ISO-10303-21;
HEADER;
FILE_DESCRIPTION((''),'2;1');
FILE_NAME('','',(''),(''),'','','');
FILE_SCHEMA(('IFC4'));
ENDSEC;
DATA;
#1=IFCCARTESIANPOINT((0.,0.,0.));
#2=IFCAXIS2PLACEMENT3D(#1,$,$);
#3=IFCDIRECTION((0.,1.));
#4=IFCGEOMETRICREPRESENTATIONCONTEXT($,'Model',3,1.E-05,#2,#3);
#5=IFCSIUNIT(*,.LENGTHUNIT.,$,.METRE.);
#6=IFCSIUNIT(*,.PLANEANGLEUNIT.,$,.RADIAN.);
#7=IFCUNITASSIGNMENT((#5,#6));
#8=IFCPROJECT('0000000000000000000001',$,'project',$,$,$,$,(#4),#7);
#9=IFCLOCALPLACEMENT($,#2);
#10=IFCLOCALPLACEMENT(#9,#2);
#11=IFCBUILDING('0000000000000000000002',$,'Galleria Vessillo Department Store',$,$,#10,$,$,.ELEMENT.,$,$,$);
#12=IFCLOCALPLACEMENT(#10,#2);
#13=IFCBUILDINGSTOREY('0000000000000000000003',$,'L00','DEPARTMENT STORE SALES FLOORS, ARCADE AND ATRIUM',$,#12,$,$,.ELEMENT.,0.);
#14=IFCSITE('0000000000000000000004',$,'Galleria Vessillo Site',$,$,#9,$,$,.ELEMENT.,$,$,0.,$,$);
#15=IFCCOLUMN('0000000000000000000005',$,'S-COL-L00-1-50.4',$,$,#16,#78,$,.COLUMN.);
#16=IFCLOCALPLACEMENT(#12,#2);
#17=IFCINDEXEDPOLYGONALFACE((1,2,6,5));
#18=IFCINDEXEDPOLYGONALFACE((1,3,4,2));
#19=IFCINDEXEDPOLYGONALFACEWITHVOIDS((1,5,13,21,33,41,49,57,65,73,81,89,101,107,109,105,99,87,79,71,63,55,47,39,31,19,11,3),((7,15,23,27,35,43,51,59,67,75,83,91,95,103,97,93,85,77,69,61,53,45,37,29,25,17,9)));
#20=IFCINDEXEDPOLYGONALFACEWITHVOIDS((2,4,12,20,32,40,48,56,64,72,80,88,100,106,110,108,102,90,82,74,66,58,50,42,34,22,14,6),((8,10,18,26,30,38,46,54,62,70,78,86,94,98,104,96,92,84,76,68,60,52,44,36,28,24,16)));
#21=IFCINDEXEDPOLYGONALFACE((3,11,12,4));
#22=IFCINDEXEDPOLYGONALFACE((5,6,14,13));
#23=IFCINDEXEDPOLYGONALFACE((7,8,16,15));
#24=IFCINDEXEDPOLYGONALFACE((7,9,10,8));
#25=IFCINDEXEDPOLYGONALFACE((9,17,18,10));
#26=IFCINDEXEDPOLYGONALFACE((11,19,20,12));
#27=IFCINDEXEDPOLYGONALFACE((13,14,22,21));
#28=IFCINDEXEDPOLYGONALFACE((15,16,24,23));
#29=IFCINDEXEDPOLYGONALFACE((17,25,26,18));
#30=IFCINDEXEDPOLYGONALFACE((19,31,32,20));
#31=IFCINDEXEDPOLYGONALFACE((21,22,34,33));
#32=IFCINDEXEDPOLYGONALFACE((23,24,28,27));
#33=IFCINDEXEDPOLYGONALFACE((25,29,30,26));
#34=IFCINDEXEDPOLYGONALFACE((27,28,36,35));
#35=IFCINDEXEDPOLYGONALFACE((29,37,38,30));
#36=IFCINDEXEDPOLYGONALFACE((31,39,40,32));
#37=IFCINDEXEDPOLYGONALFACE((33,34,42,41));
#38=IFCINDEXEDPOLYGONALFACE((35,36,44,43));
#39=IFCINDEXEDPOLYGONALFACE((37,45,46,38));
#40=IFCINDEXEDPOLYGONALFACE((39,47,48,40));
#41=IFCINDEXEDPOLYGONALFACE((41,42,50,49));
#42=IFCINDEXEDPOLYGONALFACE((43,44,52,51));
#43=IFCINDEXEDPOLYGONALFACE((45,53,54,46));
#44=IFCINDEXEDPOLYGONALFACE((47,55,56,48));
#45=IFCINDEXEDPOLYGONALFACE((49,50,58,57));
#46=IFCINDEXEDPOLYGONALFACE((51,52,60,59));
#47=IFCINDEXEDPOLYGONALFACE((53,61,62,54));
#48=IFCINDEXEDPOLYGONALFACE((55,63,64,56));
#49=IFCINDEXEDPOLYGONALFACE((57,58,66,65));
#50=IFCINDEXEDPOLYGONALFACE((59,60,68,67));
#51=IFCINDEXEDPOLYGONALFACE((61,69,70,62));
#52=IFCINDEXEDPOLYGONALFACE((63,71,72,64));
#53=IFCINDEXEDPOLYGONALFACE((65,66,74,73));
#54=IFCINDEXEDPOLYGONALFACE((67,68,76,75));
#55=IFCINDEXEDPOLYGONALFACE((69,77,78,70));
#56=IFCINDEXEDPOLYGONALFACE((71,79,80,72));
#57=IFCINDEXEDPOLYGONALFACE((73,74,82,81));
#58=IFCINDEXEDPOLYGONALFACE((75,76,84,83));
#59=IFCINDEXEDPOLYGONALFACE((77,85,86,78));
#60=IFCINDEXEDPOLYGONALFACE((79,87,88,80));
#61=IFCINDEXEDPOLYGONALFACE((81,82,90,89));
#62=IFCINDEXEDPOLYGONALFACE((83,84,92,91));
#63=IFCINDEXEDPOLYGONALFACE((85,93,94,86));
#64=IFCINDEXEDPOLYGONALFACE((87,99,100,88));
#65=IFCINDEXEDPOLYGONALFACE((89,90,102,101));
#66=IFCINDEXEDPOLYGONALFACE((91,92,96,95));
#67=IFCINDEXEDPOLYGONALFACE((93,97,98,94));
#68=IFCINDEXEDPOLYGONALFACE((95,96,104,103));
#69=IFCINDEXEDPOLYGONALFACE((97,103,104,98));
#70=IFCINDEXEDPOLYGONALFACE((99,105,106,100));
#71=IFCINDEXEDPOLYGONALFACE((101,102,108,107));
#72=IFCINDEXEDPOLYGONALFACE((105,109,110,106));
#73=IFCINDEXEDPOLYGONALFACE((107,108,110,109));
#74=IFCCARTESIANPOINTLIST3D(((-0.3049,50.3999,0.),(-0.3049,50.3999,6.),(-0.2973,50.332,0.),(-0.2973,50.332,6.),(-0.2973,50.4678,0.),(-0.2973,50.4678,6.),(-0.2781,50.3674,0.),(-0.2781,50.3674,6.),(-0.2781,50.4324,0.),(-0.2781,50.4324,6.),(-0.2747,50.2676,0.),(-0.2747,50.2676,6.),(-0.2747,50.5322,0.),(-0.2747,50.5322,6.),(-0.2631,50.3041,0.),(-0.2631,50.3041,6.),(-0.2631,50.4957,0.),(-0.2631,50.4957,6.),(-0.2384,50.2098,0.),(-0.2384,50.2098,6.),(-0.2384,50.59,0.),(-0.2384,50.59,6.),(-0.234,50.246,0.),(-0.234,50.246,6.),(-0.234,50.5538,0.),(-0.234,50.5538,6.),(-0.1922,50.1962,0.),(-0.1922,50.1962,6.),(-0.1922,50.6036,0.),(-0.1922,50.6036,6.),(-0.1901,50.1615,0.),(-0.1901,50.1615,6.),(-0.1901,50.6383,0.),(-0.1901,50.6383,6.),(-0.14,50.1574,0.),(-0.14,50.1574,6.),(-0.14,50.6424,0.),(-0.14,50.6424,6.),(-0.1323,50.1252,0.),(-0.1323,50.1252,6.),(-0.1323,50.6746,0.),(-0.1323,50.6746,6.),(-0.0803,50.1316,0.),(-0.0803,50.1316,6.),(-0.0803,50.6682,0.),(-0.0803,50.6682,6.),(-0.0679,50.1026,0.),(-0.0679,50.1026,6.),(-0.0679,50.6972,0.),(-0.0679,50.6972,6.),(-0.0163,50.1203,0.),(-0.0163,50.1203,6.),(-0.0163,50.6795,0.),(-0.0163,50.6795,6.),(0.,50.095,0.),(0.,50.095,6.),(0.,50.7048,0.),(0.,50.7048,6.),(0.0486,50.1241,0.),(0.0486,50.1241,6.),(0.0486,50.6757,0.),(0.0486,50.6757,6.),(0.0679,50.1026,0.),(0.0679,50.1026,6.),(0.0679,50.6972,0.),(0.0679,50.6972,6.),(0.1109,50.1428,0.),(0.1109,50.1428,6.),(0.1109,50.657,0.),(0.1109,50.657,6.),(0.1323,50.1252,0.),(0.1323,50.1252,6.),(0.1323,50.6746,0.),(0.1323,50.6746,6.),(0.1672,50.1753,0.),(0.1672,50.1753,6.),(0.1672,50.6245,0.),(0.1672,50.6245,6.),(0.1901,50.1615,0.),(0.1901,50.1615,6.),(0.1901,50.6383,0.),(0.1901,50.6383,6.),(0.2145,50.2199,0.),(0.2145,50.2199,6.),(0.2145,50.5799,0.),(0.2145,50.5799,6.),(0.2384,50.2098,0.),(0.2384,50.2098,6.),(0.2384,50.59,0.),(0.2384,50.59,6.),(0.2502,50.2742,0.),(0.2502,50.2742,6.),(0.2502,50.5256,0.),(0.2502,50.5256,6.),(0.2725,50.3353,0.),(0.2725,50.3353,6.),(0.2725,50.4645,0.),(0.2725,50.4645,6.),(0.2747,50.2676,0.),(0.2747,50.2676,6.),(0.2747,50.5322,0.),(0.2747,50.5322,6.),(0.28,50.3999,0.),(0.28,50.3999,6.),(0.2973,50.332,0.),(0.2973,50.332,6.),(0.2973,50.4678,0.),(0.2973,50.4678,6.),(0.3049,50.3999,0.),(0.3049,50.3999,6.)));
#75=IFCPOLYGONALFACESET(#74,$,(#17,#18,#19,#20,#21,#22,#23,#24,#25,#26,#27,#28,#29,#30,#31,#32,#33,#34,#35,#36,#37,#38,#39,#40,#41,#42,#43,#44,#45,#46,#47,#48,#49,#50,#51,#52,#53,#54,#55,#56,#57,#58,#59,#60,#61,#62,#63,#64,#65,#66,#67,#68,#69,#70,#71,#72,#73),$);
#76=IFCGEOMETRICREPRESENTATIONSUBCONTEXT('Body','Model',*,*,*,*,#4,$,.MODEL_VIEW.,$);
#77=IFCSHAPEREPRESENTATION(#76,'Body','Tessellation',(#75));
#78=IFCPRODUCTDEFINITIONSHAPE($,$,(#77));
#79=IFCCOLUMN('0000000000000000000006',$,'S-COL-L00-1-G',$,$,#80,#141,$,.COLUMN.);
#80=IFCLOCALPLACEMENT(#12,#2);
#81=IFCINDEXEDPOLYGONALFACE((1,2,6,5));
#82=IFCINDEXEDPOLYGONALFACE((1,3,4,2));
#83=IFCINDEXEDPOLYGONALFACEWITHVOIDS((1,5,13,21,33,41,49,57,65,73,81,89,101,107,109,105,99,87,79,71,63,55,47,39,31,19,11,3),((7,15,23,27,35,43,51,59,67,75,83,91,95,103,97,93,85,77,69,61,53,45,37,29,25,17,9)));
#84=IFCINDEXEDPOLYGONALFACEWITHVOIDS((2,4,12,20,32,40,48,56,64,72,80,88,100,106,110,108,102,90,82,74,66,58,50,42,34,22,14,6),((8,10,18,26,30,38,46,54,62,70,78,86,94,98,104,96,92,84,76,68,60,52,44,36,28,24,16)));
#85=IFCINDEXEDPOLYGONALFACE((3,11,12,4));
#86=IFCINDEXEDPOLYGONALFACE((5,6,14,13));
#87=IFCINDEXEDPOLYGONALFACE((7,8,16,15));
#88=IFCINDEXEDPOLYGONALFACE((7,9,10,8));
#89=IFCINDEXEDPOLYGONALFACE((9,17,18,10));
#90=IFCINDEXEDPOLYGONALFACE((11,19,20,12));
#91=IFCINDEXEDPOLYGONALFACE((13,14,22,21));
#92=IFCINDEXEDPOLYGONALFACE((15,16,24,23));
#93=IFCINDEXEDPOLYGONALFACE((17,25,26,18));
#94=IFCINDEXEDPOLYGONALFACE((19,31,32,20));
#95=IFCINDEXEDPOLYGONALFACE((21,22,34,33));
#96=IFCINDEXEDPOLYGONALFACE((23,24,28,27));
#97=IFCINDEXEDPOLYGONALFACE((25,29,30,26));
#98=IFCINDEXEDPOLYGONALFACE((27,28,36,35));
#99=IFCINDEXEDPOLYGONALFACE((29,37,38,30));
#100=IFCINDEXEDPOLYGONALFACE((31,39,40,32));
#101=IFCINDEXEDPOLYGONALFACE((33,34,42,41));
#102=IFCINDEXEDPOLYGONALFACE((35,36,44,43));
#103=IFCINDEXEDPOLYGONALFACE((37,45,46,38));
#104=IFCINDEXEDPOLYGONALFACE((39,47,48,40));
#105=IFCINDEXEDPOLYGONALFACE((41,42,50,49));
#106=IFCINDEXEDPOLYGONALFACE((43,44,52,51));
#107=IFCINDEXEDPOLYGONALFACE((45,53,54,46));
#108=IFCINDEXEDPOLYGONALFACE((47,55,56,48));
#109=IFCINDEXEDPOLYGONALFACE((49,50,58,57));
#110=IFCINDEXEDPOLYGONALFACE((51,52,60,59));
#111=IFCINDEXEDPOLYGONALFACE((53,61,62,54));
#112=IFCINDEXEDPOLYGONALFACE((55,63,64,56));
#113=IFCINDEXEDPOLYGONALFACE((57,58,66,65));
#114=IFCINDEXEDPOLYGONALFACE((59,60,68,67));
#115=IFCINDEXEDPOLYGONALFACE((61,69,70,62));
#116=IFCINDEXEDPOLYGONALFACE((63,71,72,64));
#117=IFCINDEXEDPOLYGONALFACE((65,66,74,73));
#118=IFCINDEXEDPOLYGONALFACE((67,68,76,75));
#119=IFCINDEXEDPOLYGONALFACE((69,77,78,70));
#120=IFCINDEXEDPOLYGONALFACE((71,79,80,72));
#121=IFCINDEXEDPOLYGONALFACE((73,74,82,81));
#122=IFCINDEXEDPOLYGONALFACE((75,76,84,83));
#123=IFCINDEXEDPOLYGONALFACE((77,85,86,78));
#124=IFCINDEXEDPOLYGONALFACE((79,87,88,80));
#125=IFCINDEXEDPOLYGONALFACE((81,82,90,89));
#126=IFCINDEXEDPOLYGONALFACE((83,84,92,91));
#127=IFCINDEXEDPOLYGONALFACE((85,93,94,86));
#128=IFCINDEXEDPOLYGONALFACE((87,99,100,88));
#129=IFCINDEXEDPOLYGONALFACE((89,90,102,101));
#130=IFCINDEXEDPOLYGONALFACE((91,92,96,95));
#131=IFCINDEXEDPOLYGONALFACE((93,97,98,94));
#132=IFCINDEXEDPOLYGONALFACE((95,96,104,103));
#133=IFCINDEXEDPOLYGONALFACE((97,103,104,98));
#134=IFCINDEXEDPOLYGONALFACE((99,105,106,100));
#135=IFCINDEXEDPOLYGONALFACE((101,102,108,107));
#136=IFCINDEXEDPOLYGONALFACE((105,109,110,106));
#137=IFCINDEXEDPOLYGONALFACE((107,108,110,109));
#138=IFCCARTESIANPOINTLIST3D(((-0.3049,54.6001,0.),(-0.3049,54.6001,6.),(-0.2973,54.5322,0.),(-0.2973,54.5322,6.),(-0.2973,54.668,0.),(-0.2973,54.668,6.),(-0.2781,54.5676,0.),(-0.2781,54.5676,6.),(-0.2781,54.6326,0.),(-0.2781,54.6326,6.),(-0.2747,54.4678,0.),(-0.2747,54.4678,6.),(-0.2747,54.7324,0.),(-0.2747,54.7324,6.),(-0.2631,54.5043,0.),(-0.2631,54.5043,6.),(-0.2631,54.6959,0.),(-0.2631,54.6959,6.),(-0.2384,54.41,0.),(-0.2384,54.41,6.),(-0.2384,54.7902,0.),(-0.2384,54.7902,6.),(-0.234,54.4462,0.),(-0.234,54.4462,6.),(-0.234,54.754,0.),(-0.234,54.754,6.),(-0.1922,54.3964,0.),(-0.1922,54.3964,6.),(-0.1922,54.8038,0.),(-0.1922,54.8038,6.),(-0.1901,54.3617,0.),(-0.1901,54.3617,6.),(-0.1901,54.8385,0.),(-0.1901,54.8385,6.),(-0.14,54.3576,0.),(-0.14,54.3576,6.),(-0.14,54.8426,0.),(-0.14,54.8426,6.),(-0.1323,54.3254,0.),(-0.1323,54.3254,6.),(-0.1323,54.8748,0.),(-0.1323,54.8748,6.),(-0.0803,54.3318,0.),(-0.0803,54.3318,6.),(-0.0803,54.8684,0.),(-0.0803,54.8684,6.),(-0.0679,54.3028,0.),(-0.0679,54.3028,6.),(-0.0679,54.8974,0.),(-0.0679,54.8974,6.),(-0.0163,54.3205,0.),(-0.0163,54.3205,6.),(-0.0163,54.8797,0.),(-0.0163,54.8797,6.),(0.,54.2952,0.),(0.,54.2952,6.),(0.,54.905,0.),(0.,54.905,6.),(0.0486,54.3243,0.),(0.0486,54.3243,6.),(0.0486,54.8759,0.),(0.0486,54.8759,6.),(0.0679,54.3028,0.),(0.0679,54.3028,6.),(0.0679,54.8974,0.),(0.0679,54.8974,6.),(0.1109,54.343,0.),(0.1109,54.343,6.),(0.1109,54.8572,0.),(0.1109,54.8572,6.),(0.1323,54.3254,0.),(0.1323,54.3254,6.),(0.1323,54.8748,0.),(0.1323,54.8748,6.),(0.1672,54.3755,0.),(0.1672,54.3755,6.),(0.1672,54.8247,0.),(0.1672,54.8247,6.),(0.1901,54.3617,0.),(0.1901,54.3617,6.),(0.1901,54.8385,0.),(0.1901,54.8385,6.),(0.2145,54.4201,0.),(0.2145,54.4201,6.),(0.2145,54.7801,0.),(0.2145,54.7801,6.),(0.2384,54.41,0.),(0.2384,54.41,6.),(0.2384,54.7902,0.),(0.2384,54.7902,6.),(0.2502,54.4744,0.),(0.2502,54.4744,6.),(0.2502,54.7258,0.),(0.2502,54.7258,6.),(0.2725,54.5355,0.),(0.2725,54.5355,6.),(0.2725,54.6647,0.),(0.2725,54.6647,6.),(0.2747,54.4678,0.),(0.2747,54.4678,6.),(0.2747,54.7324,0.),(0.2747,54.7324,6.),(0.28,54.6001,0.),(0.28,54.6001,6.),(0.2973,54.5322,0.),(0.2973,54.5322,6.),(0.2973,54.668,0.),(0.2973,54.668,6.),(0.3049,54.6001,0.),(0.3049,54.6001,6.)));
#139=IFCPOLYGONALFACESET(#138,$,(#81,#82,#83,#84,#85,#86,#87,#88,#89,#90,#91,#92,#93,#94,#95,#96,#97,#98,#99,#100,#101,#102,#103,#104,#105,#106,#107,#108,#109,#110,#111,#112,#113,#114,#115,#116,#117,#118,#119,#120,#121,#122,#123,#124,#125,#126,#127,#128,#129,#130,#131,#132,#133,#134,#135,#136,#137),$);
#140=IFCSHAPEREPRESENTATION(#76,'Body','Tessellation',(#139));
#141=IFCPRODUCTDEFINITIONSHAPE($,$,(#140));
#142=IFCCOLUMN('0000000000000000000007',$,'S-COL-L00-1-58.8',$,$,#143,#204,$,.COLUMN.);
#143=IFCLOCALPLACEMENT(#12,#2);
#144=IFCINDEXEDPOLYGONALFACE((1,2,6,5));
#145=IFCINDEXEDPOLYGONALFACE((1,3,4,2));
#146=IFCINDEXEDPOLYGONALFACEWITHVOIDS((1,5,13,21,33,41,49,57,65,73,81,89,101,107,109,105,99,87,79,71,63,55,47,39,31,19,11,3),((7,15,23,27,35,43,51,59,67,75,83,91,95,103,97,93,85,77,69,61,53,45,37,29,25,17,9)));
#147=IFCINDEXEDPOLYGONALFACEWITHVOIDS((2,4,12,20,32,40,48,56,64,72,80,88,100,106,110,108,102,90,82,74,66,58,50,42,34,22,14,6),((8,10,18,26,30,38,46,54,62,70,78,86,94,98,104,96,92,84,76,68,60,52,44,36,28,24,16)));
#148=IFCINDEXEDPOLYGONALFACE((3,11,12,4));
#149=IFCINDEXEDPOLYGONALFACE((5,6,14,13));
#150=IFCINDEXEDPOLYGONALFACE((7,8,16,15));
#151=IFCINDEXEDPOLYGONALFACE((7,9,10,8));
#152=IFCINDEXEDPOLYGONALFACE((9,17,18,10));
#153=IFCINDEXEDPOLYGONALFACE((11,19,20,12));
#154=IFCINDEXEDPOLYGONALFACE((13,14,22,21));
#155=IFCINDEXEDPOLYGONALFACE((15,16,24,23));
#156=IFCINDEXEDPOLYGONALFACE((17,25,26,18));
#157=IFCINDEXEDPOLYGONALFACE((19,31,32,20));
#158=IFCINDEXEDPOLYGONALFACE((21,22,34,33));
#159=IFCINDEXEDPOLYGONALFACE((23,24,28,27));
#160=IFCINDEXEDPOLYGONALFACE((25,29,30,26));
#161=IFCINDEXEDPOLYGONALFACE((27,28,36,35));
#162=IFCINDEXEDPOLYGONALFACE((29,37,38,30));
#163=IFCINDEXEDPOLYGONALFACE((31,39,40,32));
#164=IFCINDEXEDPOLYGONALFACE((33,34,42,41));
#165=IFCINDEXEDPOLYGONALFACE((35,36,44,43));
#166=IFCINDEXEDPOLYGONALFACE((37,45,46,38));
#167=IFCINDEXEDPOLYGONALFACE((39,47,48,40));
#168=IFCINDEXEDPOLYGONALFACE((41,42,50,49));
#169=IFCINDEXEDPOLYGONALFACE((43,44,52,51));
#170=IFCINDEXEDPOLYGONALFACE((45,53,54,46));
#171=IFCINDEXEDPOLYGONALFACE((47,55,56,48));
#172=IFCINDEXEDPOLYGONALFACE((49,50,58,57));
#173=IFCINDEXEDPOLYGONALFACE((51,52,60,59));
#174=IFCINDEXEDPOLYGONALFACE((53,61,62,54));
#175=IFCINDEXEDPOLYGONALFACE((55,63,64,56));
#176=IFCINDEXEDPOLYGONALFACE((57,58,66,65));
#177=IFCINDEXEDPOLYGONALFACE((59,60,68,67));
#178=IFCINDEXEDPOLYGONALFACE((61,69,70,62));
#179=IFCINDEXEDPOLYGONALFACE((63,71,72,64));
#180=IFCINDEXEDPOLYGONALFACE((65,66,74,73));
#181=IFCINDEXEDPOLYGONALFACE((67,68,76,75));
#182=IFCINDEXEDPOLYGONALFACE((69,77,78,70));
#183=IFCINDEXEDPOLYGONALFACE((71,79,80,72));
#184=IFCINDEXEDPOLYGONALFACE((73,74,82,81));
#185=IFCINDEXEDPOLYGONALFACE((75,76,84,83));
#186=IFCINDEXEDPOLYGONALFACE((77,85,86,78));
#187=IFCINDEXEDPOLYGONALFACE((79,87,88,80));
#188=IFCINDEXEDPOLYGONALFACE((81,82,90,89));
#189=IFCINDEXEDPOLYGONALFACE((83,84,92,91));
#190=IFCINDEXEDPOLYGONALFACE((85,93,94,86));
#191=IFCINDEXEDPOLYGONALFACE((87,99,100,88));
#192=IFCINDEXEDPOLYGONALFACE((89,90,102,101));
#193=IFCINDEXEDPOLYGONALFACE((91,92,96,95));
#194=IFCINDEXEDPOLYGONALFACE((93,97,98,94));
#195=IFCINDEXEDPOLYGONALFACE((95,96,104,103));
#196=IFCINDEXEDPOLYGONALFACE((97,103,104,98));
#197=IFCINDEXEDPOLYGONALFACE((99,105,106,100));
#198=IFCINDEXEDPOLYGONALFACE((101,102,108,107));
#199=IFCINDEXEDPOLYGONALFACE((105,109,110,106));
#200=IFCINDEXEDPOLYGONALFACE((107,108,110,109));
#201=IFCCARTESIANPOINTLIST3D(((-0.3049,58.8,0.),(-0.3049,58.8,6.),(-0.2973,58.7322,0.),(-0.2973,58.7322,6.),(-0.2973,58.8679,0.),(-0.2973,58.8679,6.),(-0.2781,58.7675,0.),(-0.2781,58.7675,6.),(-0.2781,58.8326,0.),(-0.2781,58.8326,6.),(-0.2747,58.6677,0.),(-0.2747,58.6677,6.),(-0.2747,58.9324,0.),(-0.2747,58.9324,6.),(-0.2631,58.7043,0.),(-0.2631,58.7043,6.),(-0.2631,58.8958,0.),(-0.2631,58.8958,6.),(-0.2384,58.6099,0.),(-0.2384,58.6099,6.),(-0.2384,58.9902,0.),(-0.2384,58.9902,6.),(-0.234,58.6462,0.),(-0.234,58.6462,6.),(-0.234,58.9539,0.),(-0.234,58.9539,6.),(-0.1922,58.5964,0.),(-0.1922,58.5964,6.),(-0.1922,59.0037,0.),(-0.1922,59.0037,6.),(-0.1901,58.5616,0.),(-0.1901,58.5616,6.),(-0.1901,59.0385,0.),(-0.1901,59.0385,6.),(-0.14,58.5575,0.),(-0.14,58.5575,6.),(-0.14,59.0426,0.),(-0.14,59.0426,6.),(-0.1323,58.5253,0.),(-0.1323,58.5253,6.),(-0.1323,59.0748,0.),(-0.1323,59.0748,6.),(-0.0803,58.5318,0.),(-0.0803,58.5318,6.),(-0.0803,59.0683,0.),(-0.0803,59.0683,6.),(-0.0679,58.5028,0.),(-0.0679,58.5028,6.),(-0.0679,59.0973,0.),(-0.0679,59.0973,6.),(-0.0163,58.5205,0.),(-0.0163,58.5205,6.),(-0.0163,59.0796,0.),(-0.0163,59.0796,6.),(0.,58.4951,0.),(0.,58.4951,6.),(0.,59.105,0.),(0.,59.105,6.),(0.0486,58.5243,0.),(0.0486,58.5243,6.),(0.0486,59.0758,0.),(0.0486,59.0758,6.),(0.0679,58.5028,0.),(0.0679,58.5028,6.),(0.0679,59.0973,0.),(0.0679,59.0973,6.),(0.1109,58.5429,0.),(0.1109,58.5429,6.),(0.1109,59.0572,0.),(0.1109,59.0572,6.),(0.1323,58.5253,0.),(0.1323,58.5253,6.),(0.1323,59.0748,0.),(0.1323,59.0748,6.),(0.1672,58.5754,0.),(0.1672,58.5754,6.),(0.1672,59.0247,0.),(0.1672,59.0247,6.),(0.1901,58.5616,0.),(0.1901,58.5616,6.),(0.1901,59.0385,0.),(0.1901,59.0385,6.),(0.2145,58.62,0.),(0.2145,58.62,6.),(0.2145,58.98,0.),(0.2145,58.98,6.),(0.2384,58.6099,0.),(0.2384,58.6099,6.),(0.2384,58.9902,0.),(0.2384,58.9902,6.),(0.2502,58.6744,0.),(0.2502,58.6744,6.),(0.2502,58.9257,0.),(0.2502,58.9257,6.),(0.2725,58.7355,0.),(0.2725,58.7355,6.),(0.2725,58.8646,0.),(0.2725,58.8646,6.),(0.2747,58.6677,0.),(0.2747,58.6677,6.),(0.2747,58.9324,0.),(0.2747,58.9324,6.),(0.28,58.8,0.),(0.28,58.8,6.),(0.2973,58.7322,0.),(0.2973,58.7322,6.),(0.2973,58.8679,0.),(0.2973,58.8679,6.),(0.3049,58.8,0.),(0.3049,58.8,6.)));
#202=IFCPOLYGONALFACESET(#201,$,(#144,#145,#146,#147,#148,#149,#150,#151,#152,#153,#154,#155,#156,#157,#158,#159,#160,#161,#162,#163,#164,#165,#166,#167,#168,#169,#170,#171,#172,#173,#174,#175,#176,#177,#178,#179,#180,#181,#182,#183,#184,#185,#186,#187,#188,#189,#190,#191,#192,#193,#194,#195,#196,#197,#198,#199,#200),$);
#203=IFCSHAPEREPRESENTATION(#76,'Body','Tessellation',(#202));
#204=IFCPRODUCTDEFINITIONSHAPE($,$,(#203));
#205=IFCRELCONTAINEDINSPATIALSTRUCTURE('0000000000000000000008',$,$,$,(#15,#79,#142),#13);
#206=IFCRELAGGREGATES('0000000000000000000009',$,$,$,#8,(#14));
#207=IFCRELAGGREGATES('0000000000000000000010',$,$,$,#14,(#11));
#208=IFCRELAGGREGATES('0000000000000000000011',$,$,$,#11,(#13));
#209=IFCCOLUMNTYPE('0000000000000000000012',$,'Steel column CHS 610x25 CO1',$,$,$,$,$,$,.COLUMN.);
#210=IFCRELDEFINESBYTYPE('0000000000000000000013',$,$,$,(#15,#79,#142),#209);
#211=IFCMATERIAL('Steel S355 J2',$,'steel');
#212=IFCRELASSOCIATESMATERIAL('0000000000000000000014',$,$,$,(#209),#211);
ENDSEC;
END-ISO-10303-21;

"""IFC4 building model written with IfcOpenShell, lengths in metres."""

from ifc_helpers import new_model, si_unit, direction, frame, origin, origin_2d, place, context, subcontext, project, spatial, hollow_circle, extrude, material, material_profile, profile_set, type_object, element, save


model = new_model("IFC4")

# Units and contexts
model_context = context("Model", 3, precision=1e-05, world=origin(), true_north=direction((0.0, 1.0)))
body_context = subcontext(model_context, "Body", "Model", "MODEL_VIEW")
ifc_project = project(units=[si_unit("LENGTHUNIT", "METRE"), si_unit("PLANEANGLEUNIT", "RADIAN")], contexts=[model_context])

# Site, building, storey
site_placement = place(None, origin())
site = spatial("IfcSite", under=ifc_project, at=site_placement, Name="Galleria Vessillo Site", CompositionType="ELEMENT", RefElevation=0.0)
building_placement = place(site_placement, origin())
building = spatial("IfcBuilding", under=site, at=building_placement, Name="Galleria Vessillo Department Store", CompositionType="ELEMENT")
storey_placement = place(building_placement, origin())
storey = spatial("IfcBuildingStorey", under=building, at=storey_placement, Name="L00", Description="DEPARTMENT STORE SALES FLOORS, ARCADE AND ATRIUM", CompositionType="ELEMENT", Elevation=0.0)

# Columns
ifc_material_1 = material(Name="Steel S355 J2", Category="steel")
ifc_material_profile_1 = material_profile(ifc_material_1, hollow_circle(Radius=0.3049, WallThickness=0.0249, at=origin_2d()), Name="CHS 610x25")
ifc_profile_set_1 = profile_set([ifc_material_profile_1], Name="Steel S355 J2")
column_type_1 = type_object("IfcColumnType", Name="Steel column CHS 610x25 CO1", PredefinedType="COLUMN", material=ifc_profile_set_1)
for number, where, z_axis, x_axis, name in (
    (1, (0.0, 50.3999, 0.0), (0.0, 0.0, 1.0), (1.0, 0.0, 0.0), "S-COL-L00-1-50.4"),
    (2, (0.0, 54.6001, 0.0), (0.0, 0.0, 1.0), (1.0, 0.0, 0.0), "S-COL-L00-1-G"),
    (3, (0.0, 58.8, 0.0), (0.0, 0.0, 1.0), (1.0, 0.0, 0.0), "S-COL-L00-1-58.8"),
):
    element("IfcColumn", number, at=place(storey_placement, frame(where, z_axis=z_axis, x_axis=x_axis)), inside=storey, type_object=column_type_1, Name=name, PredefinedType="COLUMN", context=body_context, shape_type="SweptSolid", body=[
        extrude(hollow_circle(Radius=0.3049, WallThickness=0.0249, at=origin_2d()), origin(), (0.0, 0.0, 1.0), 6.0),
    ])

save(model, "model.ifc")
